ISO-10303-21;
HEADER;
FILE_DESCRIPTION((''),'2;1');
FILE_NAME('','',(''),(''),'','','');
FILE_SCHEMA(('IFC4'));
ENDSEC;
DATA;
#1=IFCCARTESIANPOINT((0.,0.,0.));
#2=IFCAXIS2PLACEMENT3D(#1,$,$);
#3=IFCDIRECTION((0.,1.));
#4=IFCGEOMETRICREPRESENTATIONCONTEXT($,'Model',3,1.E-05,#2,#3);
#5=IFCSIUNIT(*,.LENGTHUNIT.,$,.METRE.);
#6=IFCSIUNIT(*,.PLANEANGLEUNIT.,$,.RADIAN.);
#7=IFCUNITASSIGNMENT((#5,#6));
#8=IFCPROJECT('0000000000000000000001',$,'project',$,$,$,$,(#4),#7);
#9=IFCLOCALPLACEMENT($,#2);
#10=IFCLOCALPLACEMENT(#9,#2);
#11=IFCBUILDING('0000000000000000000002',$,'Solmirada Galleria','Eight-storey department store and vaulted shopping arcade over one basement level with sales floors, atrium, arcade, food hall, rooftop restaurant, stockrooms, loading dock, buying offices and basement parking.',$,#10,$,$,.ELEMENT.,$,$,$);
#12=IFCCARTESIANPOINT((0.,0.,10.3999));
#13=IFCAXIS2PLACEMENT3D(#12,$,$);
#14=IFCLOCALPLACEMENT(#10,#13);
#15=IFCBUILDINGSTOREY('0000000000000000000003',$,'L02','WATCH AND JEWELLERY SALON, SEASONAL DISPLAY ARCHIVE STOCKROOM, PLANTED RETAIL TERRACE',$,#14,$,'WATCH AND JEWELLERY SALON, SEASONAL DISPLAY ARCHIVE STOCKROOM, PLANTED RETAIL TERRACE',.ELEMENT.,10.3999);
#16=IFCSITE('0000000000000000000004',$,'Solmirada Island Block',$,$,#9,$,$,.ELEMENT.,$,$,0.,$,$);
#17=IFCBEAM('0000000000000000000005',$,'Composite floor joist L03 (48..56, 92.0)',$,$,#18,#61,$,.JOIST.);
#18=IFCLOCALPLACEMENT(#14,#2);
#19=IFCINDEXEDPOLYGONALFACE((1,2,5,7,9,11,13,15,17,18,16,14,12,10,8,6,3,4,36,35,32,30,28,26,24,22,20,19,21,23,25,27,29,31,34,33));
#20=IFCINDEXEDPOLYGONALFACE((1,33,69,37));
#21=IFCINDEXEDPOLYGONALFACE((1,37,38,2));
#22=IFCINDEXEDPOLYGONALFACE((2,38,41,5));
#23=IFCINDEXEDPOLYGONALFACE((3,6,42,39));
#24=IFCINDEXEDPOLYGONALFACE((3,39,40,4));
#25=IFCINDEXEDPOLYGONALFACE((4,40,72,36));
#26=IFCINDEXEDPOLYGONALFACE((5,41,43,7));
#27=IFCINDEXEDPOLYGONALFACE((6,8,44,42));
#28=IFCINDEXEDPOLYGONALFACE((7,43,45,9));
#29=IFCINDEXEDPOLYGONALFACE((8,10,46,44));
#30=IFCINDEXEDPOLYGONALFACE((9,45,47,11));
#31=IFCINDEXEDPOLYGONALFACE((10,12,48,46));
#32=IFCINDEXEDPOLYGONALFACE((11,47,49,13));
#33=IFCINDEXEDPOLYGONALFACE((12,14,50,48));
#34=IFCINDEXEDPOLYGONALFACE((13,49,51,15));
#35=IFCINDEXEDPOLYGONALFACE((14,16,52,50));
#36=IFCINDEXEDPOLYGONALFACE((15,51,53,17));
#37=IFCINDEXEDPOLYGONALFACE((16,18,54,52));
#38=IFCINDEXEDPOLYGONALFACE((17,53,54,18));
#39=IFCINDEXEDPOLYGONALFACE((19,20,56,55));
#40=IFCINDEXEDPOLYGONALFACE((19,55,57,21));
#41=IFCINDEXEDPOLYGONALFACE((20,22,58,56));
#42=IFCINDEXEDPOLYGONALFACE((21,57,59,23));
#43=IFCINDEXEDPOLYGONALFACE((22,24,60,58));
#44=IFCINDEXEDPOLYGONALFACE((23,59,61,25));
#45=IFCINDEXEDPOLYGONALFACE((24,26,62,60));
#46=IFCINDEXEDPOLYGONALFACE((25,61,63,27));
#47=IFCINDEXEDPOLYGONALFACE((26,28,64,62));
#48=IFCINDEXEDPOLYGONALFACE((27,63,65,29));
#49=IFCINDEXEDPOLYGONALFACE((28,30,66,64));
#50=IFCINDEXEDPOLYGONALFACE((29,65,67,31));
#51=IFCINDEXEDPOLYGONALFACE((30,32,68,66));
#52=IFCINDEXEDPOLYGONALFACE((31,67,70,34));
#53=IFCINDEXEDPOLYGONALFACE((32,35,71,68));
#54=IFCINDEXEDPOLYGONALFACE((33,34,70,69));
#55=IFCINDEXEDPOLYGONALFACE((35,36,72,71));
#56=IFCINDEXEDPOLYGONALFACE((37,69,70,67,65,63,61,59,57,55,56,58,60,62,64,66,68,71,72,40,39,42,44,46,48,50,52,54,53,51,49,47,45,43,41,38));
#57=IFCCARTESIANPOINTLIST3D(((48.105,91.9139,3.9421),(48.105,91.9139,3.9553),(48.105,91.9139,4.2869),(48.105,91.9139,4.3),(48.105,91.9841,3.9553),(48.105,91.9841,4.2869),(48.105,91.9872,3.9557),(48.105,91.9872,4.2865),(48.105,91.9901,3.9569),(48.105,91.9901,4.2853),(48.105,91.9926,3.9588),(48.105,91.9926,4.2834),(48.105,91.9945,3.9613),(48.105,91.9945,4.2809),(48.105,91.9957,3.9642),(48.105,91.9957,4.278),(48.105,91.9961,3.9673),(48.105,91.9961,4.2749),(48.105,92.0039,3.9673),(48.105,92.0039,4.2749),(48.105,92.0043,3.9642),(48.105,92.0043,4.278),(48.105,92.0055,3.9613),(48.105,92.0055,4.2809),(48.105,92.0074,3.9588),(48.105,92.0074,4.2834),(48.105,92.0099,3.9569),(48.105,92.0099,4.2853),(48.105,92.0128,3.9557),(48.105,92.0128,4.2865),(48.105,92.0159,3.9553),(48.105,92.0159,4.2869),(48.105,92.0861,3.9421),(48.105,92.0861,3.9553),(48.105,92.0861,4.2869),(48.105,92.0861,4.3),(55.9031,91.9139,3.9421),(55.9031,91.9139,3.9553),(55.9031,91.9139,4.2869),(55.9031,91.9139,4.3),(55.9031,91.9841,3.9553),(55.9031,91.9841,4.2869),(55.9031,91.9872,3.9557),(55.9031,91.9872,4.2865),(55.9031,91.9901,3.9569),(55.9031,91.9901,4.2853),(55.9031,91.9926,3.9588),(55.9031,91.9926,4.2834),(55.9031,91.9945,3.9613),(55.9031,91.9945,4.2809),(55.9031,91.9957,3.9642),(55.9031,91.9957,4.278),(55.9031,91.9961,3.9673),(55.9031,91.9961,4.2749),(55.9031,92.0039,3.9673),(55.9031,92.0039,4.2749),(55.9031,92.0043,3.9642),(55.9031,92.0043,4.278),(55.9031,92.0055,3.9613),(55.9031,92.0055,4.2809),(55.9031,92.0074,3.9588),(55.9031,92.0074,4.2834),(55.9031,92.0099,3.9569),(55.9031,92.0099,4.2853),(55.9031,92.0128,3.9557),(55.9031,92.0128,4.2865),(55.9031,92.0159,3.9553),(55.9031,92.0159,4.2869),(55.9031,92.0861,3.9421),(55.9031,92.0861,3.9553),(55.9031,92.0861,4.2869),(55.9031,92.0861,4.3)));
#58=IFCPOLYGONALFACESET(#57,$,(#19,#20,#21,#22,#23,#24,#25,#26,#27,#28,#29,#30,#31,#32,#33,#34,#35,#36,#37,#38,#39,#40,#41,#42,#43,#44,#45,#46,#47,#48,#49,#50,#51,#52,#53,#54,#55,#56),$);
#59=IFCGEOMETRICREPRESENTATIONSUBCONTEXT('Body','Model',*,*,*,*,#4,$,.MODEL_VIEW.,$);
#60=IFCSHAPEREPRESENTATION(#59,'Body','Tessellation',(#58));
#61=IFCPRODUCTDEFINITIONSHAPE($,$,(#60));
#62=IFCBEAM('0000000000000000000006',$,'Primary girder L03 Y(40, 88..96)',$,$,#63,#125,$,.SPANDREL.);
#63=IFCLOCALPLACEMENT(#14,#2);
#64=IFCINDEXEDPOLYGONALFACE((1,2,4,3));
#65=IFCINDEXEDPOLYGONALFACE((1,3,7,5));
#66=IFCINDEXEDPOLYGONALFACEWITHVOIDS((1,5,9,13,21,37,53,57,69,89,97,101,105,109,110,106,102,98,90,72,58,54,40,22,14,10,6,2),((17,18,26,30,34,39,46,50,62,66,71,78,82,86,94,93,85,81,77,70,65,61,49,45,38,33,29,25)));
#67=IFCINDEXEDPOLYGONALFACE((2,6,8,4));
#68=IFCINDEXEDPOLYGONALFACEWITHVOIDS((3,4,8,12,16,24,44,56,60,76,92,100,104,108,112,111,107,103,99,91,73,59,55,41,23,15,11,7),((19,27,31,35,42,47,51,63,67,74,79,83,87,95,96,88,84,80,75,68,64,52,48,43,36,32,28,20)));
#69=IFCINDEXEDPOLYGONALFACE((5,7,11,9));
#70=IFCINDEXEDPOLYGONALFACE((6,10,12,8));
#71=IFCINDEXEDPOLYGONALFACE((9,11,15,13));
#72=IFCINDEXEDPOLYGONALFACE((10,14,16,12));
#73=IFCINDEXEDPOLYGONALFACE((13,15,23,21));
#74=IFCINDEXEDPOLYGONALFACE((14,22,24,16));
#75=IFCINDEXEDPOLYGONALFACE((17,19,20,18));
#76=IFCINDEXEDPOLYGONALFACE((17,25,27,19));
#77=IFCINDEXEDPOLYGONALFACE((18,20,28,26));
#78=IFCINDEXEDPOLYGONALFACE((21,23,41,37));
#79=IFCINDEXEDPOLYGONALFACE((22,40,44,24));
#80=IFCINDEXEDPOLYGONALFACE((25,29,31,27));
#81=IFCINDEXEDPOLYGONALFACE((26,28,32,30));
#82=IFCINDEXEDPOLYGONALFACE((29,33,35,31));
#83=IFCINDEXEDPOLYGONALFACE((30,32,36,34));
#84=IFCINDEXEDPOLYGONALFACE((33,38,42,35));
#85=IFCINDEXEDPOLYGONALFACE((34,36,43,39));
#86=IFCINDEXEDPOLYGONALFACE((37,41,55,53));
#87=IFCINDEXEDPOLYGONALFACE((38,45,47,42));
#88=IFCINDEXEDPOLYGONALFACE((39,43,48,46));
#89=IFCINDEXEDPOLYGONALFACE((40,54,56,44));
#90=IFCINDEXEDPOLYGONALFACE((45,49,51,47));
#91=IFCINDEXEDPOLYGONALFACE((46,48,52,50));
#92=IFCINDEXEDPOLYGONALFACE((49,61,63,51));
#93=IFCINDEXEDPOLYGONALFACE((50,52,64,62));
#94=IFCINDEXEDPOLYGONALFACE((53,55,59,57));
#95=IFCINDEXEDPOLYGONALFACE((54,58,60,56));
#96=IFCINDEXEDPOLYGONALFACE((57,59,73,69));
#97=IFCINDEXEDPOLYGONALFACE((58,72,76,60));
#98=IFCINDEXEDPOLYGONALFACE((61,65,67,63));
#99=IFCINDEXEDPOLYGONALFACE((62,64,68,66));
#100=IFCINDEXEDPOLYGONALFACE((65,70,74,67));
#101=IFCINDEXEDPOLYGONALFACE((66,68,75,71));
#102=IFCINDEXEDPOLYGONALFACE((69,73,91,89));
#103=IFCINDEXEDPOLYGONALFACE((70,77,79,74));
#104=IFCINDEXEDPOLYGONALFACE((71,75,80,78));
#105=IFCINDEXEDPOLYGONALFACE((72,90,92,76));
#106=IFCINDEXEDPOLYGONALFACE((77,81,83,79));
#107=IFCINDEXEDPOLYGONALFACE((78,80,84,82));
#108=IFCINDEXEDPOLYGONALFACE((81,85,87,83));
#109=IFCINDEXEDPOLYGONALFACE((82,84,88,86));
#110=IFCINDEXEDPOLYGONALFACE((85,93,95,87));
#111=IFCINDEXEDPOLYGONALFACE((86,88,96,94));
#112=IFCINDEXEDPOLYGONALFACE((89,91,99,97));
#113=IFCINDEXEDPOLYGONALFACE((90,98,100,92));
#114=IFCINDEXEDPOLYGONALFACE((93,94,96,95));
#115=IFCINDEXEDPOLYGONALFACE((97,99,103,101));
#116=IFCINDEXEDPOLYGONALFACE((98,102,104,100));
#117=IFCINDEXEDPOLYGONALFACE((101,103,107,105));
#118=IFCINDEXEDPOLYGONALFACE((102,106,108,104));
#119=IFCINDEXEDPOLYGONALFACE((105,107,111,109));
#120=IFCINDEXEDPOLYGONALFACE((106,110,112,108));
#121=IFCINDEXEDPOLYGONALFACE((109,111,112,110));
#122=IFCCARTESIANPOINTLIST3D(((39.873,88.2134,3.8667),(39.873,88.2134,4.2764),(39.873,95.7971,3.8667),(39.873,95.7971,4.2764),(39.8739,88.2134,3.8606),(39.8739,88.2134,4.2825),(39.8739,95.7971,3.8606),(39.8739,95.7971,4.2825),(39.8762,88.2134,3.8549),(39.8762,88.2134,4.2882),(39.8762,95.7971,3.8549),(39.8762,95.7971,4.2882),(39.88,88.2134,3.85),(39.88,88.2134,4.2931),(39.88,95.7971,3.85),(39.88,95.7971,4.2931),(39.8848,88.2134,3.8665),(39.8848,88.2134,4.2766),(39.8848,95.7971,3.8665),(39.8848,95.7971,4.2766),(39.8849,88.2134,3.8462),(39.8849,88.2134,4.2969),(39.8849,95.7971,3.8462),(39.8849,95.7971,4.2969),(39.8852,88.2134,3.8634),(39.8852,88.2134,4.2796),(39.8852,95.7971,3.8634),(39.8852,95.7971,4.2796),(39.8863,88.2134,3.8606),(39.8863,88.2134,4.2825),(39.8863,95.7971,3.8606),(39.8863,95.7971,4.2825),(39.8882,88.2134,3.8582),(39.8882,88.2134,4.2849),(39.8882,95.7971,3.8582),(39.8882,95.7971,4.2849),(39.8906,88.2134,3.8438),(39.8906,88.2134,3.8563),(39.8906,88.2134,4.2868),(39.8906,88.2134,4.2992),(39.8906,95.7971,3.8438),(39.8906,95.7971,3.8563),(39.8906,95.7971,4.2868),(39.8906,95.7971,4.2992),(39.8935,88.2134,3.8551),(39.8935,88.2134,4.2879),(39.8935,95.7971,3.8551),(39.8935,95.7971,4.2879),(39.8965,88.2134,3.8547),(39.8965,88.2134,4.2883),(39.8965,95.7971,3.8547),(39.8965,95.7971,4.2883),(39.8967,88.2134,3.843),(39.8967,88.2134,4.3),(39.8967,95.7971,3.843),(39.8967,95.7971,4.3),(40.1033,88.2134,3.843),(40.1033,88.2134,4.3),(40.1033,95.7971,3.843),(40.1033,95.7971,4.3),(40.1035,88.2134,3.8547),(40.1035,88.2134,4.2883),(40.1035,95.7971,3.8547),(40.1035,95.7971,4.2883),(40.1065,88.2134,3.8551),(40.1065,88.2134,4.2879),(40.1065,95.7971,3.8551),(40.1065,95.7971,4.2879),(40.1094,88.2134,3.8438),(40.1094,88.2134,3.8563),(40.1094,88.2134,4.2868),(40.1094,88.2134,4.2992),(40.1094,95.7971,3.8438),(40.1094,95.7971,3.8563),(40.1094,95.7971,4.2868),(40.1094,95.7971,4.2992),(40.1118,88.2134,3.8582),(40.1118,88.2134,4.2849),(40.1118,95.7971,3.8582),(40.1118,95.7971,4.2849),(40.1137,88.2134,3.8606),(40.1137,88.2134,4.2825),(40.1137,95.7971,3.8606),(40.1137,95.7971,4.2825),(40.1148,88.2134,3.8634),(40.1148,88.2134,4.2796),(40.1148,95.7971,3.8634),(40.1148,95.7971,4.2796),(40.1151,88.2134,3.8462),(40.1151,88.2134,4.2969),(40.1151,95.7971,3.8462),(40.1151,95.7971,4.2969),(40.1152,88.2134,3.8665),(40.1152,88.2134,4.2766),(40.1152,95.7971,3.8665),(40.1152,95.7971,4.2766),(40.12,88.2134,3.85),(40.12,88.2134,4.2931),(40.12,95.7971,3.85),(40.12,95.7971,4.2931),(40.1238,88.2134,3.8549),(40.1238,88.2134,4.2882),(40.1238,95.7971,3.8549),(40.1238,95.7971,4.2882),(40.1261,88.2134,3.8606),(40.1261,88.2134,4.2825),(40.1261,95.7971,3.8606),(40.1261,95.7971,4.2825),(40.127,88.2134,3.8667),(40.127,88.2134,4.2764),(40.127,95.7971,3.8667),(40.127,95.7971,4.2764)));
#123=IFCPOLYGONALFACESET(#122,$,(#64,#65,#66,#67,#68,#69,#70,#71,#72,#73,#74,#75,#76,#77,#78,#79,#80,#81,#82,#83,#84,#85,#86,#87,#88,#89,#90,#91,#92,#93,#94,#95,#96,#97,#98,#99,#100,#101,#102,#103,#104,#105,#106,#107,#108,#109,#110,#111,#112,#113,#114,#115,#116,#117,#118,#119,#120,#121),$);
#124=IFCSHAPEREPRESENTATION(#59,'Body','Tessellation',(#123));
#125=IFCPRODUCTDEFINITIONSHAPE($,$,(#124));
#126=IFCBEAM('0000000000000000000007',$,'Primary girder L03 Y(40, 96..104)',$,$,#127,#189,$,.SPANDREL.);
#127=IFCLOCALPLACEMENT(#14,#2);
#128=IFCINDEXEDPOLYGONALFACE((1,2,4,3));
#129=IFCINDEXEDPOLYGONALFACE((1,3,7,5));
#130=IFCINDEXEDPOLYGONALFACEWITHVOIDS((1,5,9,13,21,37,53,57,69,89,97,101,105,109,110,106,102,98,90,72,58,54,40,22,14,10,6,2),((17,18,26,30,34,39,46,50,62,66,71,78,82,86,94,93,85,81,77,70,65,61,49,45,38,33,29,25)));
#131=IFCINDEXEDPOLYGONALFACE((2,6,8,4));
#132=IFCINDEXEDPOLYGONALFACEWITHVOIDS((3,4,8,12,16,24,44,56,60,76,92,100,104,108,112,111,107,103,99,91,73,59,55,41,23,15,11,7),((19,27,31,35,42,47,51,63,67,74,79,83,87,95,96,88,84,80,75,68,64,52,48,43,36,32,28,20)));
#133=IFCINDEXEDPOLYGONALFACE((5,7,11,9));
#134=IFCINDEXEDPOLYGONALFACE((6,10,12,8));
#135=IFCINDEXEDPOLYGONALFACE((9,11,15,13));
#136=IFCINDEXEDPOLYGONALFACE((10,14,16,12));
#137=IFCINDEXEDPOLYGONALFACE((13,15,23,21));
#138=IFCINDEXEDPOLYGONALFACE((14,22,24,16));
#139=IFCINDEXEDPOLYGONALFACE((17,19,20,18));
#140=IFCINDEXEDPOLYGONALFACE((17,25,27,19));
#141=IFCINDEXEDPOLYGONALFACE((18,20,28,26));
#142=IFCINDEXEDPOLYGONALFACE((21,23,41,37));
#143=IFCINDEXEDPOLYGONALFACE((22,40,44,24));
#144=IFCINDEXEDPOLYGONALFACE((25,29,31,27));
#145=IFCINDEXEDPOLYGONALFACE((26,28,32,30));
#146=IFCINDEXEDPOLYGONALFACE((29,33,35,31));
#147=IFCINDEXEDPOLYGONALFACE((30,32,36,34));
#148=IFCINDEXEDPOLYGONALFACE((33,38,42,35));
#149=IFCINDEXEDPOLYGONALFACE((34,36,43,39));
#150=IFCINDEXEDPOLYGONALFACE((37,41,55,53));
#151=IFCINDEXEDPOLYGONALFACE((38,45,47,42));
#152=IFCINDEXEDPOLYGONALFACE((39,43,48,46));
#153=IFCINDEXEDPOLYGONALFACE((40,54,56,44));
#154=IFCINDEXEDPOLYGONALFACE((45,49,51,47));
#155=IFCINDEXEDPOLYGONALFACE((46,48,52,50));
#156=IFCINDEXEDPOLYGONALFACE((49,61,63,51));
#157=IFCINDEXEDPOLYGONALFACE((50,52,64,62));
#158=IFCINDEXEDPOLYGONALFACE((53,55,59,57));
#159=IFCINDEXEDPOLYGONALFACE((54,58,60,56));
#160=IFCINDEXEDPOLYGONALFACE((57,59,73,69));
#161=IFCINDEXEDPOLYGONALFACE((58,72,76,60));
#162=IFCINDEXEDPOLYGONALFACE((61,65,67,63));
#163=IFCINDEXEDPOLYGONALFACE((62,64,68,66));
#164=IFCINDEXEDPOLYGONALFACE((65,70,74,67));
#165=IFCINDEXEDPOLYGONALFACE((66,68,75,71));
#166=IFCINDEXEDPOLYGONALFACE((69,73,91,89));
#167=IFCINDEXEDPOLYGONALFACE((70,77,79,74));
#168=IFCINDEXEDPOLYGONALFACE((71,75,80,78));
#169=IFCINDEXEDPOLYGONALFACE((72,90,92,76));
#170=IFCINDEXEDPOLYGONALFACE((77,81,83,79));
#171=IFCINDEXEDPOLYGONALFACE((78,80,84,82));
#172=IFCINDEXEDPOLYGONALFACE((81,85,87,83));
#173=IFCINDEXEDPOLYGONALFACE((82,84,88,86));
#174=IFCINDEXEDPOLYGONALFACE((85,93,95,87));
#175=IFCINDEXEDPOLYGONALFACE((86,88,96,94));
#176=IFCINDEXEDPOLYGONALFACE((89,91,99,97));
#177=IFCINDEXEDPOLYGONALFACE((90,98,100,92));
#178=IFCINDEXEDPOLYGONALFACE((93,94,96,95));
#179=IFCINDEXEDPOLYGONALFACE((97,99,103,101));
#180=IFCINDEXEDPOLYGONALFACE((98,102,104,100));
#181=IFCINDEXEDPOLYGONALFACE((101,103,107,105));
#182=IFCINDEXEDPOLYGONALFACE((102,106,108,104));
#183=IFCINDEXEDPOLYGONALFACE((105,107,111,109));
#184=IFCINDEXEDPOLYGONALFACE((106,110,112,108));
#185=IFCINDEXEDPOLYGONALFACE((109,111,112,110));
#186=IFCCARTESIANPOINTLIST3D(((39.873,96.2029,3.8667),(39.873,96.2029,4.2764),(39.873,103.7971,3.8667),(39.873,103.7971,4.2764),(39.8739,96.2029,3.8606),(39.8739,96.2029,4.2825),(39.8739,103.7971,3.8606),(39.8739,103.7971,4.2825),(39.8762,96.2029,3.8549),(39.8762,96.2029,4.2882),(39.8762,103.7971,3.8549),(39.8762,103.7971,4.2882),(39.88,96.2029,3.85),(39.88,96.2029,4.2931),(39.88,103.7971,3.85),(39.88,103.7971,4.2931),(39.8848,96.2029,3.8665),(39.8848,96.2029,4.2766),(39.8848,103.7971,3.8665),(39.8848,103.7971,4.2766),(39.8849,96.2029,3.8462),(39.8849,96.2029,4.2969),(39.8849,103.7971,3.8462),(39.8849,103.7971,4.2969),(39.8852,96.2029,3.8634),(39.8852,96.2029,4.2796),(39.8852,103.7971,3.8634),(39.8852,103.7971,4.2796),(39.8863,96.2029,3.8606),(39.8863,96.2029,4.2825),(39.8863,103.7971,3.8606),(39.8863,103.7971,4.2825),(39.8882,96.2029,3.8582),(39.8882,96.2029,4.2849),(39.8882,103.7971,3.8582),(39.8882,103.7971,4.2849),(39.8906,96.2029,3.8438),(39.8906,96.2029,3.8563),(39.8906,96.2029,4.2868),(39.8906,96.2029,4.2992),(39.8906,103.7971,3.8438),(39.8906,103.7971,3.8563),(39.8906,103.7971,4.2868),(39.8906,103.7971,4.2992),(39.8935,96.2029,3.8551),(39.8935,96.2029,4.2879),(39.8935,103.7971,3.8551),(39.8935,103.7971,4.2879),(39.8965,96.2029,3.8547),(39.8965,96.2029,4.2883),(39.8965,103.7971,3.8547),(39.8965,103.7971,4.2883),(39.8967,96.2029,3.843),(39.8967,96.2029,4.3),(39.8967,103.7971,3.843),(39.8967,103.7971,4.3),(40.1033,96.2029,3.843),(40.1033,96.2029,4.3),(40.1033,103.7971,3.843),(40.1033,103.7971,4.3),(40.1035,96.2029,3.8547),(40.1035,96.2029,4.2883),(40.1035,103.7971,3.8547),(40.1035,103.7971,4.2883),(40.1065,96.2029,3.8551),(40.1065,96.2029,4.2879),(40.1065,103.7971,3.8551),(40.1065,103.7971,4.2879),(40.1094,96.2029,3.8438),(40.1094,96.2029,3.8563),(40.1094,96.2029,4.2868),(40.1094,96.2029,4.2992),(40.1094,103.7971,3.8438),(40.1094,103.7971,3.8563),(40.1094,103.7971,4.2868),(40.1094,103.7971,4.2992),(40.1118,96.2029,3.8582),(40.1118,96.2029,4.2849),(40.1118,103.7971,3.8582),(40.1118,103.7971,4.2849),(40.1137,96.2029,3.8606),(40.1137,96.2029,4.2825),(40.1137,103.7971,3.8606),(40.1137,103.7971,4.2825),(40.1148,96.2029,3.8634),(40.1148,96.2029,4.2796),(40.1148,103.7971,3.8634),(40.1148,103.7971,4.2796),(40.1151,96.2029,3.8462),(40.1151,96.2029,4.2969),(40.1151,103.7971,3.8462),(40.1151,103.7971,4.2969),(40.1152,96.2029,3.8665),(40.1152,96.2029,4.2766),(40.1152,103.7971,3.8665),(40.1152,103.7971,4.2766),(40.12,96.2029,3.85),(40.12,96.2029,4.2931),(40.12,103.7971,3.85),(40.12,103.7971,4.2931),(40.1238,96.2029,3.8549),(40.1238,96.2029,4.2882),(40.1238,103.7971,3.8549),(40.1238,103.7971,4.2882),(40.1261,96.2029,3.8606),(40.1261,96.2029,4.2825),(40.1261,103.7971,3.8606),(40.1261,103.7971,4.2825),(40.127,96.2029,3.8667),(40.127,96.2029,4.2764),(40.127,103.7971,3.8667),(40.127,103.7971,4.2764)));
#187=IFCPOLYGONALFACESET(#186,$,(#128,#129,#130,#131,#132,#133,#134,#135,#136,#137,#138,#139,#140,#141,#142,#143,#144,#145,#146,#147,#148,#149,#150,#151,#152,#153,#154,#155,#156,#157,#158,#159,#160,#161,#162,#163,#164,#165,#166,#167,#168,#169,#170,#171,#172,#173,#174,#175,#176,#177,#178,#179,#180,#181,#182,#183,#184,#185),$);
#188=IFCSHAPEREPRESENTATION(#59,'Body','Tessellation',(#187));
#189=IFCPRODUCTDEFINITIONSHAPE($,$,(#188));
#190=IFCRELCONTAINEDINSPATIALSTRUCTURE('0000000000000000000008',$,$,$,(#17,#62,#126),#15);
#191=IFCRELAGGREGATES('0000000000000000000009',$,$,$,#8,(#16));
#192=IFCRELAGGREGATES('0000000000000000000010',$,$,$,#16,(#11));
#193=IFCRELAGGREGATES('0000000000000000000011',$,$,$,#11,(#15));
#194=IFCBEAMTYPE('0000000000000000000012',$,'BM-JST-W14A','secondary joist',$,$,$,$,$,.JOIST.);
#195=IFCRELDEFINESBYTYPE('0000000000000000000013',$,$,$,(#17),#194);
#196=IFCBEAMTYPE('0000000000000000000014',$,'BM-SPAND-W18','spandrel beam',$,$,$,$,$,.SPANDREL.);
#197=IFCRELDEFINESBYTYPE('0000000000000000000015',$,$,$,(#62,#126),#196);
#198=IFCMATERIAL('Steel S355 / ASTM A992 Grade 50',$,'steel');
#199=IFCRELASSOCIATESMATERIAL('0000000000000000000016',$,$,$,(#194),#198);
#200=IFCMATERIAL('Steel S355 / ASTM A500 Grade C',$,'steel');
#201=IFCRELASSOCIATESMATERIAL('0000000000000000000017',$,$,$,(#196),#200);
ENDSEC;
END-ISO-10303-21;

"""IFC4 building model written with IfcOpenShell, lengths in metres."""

from ifc_helpers import new_model, si_unit, direction, frame, origin, origin_2d, place, context, subcontext, project, spatial, hollow_rectangle, i_section, extrude, material, material_profile, profile_set, type_object, element, save


model = new_model("IFC4")

# Units and contexts
model_context = context("Model", 3, precision=1e-05, world=origin(), true_north=direction((0.0, 1.0)))
body_context = subcontext(model_context, "Body", "Model", "MODEL_VIEW")
ifc_project = project(units=[si_unit("LENGTHUNIT", "METRE"), si_unit("PLANEANGLEUNIT", "RADIAN")], contexts=[model_context])

# Site, building, storey
site_placement = place(None, origin())
site = spatial("IfcSite", under=ifc_project, at=site_placement, Name="Solmirada Island Block", CompositionType="ELEMENT", RefElevation=0.0)
building_placement = place(site_placement, origin())
building = spatial("IfcBuilding", under=site, at=building_placement, Name="Solmirada Galleria", Description="Eight-storey department store and vaulted shopping arcade over one basement level with sales floors, atrium, arcade, food hall, rooftop restaurant, stockrooms, loading dock, buying offices and basement parking.", CompositionType="ELEMENT")
storey_placement = place(building_placement, frame((0.0, 0.0, 10.3999)))
storey = spatial("IfcBuildingStorey", under=building, at=storey_placement, Name="L02", Description="WATCH AND JEWELLERY SALON, SEASONAL DISPLAY ARCHIVE STOCKROOM, PLANTED RETAIL TERRACE", LongName="WATCH AND JEWELLERY SALON, SEASONAL DISPLAY ARCHIVE STOCKROOM, PLANTED RETAIL TERRACE", CompositionType="ELEMENT", Elevation=10.3999)

# Shared definitions
ifc_material_1 = material(Name="Steel S355 / ASTM A500 Grade C", Category="steel")

# Beams
ifc_material_2 = material(Name="Steel S355 / ASTM A992 Grade 50", Category="steel")
ifc_material_profile_1 = material_profile(ifc_material_2, i_section(OverallWidth=0.1721, OverallDepth=0.3579, WebThickness=0.0078, FlangeThickness=0.0132, FilletRadius=0.012, at=origin_2d()), Name="W14X38")
ifc_profile_set_1 = profile_set([ifc_material_profile_1], Name="Steel S355 / ASTM A992 Grade 50")
beam_type_1 = type_object("IfcBeamType", Name="BM-JST-W14A", Description="secondary joist", PredefinedType="JOIST", material=ifc_profile_set_1)
beam_1_placement = place(storey_placement, frame((48.105, 92.0, 4.1211), z_axis=(1.0, 0.0, 0.0), x_axis=(0.0, 1.0, 0.0)))
element("IfcBeam", 1, at=beam_1_placement, inside=storey, type_object=beam_type_1, Name="Composite floor joist L03 (48..56, 92.0)", PredefinedType="JOIST", context=body_context, shape_type="SweptSolid", body=[
    extrude(i_section(OverallWidth=0.1721, OverallDepth=0.3579, WebThickness=0.0078, FlangeThickness=0.0132, FilletRadius=0.012, at=origin_2d()), origin(), (0.0, 0.0, 1.0), 7.7981),
])
ifc_material_profile_2 = material_profile(ifc_material_1, hollow_rectangle(XDim=0.2539, YDim=0.457, WallThickness=0.0117, InnerFilletRadius=0.0117, OuterFilletRadius=0.0237, at=origin_2d()), Name="HSS18X10X1/2")
ifc_profile_set_2 = profile_set([ifc_material_profile_2], Name="Steel S355 / ASTM A500 Grade C")
beam_type_2 = type_object("IfcBeamType", Name="BM-SPAND-W18", Description="spandrel beam", PredefinedType="SPANDREL", material=ifc_profile_set_2)
beam_2_placement = place(storey_placement, frame((40.0, 88.2134, 4.0715), z_axis=(0.0, 1.0, 0.0), x_axis=(-1.0, 0.0, 0.0)))
element("IfcBeam", 2, at=beam_2_placement, inside=storey, type_object=beam_type_2, Name="Primary girder L03 Y(40, 88..96)", PredefinedType="SPANDREL", context=body_context, shape_type="SweptSolid", body=[
    extrude(hollow_rectangle(XDim=0.2539, YDim=0.457, WallThickness=0.0117, InnerFilletRadius=0.0117, OuterFilletRadius=0.0237, at=origin_2d()), origin(), (0.0, 0.0, 1.0), 7.5837),
])
beam_3_placement = place(storey_placement, frame((40.0, 96.2029, 4.0715), z_axis=(0.0, 1.0, 0.0), x_axis=(-1.0, 0.0, 0.0)))
element("IfcBeam", 3, at=beam_3_placement, inside=storey, type_object=beam_type_2, Name="Primary girder L03 Y(40, 96..104)", PredefinedType="SPANDREL", context=body_context, shape_type="SweptSolid", body=[
    extrude(hollow_rectangle(XDim=0.2539, YDim=0.457, WallThickness=0.0117, InnerFilletRadius=0.0117, OuterFilletRadius=0.0237, at=origin_2d()), origin(), (0.0, 0.0, 1.0), 7.5942),
])

save(model, "model.ifc")
